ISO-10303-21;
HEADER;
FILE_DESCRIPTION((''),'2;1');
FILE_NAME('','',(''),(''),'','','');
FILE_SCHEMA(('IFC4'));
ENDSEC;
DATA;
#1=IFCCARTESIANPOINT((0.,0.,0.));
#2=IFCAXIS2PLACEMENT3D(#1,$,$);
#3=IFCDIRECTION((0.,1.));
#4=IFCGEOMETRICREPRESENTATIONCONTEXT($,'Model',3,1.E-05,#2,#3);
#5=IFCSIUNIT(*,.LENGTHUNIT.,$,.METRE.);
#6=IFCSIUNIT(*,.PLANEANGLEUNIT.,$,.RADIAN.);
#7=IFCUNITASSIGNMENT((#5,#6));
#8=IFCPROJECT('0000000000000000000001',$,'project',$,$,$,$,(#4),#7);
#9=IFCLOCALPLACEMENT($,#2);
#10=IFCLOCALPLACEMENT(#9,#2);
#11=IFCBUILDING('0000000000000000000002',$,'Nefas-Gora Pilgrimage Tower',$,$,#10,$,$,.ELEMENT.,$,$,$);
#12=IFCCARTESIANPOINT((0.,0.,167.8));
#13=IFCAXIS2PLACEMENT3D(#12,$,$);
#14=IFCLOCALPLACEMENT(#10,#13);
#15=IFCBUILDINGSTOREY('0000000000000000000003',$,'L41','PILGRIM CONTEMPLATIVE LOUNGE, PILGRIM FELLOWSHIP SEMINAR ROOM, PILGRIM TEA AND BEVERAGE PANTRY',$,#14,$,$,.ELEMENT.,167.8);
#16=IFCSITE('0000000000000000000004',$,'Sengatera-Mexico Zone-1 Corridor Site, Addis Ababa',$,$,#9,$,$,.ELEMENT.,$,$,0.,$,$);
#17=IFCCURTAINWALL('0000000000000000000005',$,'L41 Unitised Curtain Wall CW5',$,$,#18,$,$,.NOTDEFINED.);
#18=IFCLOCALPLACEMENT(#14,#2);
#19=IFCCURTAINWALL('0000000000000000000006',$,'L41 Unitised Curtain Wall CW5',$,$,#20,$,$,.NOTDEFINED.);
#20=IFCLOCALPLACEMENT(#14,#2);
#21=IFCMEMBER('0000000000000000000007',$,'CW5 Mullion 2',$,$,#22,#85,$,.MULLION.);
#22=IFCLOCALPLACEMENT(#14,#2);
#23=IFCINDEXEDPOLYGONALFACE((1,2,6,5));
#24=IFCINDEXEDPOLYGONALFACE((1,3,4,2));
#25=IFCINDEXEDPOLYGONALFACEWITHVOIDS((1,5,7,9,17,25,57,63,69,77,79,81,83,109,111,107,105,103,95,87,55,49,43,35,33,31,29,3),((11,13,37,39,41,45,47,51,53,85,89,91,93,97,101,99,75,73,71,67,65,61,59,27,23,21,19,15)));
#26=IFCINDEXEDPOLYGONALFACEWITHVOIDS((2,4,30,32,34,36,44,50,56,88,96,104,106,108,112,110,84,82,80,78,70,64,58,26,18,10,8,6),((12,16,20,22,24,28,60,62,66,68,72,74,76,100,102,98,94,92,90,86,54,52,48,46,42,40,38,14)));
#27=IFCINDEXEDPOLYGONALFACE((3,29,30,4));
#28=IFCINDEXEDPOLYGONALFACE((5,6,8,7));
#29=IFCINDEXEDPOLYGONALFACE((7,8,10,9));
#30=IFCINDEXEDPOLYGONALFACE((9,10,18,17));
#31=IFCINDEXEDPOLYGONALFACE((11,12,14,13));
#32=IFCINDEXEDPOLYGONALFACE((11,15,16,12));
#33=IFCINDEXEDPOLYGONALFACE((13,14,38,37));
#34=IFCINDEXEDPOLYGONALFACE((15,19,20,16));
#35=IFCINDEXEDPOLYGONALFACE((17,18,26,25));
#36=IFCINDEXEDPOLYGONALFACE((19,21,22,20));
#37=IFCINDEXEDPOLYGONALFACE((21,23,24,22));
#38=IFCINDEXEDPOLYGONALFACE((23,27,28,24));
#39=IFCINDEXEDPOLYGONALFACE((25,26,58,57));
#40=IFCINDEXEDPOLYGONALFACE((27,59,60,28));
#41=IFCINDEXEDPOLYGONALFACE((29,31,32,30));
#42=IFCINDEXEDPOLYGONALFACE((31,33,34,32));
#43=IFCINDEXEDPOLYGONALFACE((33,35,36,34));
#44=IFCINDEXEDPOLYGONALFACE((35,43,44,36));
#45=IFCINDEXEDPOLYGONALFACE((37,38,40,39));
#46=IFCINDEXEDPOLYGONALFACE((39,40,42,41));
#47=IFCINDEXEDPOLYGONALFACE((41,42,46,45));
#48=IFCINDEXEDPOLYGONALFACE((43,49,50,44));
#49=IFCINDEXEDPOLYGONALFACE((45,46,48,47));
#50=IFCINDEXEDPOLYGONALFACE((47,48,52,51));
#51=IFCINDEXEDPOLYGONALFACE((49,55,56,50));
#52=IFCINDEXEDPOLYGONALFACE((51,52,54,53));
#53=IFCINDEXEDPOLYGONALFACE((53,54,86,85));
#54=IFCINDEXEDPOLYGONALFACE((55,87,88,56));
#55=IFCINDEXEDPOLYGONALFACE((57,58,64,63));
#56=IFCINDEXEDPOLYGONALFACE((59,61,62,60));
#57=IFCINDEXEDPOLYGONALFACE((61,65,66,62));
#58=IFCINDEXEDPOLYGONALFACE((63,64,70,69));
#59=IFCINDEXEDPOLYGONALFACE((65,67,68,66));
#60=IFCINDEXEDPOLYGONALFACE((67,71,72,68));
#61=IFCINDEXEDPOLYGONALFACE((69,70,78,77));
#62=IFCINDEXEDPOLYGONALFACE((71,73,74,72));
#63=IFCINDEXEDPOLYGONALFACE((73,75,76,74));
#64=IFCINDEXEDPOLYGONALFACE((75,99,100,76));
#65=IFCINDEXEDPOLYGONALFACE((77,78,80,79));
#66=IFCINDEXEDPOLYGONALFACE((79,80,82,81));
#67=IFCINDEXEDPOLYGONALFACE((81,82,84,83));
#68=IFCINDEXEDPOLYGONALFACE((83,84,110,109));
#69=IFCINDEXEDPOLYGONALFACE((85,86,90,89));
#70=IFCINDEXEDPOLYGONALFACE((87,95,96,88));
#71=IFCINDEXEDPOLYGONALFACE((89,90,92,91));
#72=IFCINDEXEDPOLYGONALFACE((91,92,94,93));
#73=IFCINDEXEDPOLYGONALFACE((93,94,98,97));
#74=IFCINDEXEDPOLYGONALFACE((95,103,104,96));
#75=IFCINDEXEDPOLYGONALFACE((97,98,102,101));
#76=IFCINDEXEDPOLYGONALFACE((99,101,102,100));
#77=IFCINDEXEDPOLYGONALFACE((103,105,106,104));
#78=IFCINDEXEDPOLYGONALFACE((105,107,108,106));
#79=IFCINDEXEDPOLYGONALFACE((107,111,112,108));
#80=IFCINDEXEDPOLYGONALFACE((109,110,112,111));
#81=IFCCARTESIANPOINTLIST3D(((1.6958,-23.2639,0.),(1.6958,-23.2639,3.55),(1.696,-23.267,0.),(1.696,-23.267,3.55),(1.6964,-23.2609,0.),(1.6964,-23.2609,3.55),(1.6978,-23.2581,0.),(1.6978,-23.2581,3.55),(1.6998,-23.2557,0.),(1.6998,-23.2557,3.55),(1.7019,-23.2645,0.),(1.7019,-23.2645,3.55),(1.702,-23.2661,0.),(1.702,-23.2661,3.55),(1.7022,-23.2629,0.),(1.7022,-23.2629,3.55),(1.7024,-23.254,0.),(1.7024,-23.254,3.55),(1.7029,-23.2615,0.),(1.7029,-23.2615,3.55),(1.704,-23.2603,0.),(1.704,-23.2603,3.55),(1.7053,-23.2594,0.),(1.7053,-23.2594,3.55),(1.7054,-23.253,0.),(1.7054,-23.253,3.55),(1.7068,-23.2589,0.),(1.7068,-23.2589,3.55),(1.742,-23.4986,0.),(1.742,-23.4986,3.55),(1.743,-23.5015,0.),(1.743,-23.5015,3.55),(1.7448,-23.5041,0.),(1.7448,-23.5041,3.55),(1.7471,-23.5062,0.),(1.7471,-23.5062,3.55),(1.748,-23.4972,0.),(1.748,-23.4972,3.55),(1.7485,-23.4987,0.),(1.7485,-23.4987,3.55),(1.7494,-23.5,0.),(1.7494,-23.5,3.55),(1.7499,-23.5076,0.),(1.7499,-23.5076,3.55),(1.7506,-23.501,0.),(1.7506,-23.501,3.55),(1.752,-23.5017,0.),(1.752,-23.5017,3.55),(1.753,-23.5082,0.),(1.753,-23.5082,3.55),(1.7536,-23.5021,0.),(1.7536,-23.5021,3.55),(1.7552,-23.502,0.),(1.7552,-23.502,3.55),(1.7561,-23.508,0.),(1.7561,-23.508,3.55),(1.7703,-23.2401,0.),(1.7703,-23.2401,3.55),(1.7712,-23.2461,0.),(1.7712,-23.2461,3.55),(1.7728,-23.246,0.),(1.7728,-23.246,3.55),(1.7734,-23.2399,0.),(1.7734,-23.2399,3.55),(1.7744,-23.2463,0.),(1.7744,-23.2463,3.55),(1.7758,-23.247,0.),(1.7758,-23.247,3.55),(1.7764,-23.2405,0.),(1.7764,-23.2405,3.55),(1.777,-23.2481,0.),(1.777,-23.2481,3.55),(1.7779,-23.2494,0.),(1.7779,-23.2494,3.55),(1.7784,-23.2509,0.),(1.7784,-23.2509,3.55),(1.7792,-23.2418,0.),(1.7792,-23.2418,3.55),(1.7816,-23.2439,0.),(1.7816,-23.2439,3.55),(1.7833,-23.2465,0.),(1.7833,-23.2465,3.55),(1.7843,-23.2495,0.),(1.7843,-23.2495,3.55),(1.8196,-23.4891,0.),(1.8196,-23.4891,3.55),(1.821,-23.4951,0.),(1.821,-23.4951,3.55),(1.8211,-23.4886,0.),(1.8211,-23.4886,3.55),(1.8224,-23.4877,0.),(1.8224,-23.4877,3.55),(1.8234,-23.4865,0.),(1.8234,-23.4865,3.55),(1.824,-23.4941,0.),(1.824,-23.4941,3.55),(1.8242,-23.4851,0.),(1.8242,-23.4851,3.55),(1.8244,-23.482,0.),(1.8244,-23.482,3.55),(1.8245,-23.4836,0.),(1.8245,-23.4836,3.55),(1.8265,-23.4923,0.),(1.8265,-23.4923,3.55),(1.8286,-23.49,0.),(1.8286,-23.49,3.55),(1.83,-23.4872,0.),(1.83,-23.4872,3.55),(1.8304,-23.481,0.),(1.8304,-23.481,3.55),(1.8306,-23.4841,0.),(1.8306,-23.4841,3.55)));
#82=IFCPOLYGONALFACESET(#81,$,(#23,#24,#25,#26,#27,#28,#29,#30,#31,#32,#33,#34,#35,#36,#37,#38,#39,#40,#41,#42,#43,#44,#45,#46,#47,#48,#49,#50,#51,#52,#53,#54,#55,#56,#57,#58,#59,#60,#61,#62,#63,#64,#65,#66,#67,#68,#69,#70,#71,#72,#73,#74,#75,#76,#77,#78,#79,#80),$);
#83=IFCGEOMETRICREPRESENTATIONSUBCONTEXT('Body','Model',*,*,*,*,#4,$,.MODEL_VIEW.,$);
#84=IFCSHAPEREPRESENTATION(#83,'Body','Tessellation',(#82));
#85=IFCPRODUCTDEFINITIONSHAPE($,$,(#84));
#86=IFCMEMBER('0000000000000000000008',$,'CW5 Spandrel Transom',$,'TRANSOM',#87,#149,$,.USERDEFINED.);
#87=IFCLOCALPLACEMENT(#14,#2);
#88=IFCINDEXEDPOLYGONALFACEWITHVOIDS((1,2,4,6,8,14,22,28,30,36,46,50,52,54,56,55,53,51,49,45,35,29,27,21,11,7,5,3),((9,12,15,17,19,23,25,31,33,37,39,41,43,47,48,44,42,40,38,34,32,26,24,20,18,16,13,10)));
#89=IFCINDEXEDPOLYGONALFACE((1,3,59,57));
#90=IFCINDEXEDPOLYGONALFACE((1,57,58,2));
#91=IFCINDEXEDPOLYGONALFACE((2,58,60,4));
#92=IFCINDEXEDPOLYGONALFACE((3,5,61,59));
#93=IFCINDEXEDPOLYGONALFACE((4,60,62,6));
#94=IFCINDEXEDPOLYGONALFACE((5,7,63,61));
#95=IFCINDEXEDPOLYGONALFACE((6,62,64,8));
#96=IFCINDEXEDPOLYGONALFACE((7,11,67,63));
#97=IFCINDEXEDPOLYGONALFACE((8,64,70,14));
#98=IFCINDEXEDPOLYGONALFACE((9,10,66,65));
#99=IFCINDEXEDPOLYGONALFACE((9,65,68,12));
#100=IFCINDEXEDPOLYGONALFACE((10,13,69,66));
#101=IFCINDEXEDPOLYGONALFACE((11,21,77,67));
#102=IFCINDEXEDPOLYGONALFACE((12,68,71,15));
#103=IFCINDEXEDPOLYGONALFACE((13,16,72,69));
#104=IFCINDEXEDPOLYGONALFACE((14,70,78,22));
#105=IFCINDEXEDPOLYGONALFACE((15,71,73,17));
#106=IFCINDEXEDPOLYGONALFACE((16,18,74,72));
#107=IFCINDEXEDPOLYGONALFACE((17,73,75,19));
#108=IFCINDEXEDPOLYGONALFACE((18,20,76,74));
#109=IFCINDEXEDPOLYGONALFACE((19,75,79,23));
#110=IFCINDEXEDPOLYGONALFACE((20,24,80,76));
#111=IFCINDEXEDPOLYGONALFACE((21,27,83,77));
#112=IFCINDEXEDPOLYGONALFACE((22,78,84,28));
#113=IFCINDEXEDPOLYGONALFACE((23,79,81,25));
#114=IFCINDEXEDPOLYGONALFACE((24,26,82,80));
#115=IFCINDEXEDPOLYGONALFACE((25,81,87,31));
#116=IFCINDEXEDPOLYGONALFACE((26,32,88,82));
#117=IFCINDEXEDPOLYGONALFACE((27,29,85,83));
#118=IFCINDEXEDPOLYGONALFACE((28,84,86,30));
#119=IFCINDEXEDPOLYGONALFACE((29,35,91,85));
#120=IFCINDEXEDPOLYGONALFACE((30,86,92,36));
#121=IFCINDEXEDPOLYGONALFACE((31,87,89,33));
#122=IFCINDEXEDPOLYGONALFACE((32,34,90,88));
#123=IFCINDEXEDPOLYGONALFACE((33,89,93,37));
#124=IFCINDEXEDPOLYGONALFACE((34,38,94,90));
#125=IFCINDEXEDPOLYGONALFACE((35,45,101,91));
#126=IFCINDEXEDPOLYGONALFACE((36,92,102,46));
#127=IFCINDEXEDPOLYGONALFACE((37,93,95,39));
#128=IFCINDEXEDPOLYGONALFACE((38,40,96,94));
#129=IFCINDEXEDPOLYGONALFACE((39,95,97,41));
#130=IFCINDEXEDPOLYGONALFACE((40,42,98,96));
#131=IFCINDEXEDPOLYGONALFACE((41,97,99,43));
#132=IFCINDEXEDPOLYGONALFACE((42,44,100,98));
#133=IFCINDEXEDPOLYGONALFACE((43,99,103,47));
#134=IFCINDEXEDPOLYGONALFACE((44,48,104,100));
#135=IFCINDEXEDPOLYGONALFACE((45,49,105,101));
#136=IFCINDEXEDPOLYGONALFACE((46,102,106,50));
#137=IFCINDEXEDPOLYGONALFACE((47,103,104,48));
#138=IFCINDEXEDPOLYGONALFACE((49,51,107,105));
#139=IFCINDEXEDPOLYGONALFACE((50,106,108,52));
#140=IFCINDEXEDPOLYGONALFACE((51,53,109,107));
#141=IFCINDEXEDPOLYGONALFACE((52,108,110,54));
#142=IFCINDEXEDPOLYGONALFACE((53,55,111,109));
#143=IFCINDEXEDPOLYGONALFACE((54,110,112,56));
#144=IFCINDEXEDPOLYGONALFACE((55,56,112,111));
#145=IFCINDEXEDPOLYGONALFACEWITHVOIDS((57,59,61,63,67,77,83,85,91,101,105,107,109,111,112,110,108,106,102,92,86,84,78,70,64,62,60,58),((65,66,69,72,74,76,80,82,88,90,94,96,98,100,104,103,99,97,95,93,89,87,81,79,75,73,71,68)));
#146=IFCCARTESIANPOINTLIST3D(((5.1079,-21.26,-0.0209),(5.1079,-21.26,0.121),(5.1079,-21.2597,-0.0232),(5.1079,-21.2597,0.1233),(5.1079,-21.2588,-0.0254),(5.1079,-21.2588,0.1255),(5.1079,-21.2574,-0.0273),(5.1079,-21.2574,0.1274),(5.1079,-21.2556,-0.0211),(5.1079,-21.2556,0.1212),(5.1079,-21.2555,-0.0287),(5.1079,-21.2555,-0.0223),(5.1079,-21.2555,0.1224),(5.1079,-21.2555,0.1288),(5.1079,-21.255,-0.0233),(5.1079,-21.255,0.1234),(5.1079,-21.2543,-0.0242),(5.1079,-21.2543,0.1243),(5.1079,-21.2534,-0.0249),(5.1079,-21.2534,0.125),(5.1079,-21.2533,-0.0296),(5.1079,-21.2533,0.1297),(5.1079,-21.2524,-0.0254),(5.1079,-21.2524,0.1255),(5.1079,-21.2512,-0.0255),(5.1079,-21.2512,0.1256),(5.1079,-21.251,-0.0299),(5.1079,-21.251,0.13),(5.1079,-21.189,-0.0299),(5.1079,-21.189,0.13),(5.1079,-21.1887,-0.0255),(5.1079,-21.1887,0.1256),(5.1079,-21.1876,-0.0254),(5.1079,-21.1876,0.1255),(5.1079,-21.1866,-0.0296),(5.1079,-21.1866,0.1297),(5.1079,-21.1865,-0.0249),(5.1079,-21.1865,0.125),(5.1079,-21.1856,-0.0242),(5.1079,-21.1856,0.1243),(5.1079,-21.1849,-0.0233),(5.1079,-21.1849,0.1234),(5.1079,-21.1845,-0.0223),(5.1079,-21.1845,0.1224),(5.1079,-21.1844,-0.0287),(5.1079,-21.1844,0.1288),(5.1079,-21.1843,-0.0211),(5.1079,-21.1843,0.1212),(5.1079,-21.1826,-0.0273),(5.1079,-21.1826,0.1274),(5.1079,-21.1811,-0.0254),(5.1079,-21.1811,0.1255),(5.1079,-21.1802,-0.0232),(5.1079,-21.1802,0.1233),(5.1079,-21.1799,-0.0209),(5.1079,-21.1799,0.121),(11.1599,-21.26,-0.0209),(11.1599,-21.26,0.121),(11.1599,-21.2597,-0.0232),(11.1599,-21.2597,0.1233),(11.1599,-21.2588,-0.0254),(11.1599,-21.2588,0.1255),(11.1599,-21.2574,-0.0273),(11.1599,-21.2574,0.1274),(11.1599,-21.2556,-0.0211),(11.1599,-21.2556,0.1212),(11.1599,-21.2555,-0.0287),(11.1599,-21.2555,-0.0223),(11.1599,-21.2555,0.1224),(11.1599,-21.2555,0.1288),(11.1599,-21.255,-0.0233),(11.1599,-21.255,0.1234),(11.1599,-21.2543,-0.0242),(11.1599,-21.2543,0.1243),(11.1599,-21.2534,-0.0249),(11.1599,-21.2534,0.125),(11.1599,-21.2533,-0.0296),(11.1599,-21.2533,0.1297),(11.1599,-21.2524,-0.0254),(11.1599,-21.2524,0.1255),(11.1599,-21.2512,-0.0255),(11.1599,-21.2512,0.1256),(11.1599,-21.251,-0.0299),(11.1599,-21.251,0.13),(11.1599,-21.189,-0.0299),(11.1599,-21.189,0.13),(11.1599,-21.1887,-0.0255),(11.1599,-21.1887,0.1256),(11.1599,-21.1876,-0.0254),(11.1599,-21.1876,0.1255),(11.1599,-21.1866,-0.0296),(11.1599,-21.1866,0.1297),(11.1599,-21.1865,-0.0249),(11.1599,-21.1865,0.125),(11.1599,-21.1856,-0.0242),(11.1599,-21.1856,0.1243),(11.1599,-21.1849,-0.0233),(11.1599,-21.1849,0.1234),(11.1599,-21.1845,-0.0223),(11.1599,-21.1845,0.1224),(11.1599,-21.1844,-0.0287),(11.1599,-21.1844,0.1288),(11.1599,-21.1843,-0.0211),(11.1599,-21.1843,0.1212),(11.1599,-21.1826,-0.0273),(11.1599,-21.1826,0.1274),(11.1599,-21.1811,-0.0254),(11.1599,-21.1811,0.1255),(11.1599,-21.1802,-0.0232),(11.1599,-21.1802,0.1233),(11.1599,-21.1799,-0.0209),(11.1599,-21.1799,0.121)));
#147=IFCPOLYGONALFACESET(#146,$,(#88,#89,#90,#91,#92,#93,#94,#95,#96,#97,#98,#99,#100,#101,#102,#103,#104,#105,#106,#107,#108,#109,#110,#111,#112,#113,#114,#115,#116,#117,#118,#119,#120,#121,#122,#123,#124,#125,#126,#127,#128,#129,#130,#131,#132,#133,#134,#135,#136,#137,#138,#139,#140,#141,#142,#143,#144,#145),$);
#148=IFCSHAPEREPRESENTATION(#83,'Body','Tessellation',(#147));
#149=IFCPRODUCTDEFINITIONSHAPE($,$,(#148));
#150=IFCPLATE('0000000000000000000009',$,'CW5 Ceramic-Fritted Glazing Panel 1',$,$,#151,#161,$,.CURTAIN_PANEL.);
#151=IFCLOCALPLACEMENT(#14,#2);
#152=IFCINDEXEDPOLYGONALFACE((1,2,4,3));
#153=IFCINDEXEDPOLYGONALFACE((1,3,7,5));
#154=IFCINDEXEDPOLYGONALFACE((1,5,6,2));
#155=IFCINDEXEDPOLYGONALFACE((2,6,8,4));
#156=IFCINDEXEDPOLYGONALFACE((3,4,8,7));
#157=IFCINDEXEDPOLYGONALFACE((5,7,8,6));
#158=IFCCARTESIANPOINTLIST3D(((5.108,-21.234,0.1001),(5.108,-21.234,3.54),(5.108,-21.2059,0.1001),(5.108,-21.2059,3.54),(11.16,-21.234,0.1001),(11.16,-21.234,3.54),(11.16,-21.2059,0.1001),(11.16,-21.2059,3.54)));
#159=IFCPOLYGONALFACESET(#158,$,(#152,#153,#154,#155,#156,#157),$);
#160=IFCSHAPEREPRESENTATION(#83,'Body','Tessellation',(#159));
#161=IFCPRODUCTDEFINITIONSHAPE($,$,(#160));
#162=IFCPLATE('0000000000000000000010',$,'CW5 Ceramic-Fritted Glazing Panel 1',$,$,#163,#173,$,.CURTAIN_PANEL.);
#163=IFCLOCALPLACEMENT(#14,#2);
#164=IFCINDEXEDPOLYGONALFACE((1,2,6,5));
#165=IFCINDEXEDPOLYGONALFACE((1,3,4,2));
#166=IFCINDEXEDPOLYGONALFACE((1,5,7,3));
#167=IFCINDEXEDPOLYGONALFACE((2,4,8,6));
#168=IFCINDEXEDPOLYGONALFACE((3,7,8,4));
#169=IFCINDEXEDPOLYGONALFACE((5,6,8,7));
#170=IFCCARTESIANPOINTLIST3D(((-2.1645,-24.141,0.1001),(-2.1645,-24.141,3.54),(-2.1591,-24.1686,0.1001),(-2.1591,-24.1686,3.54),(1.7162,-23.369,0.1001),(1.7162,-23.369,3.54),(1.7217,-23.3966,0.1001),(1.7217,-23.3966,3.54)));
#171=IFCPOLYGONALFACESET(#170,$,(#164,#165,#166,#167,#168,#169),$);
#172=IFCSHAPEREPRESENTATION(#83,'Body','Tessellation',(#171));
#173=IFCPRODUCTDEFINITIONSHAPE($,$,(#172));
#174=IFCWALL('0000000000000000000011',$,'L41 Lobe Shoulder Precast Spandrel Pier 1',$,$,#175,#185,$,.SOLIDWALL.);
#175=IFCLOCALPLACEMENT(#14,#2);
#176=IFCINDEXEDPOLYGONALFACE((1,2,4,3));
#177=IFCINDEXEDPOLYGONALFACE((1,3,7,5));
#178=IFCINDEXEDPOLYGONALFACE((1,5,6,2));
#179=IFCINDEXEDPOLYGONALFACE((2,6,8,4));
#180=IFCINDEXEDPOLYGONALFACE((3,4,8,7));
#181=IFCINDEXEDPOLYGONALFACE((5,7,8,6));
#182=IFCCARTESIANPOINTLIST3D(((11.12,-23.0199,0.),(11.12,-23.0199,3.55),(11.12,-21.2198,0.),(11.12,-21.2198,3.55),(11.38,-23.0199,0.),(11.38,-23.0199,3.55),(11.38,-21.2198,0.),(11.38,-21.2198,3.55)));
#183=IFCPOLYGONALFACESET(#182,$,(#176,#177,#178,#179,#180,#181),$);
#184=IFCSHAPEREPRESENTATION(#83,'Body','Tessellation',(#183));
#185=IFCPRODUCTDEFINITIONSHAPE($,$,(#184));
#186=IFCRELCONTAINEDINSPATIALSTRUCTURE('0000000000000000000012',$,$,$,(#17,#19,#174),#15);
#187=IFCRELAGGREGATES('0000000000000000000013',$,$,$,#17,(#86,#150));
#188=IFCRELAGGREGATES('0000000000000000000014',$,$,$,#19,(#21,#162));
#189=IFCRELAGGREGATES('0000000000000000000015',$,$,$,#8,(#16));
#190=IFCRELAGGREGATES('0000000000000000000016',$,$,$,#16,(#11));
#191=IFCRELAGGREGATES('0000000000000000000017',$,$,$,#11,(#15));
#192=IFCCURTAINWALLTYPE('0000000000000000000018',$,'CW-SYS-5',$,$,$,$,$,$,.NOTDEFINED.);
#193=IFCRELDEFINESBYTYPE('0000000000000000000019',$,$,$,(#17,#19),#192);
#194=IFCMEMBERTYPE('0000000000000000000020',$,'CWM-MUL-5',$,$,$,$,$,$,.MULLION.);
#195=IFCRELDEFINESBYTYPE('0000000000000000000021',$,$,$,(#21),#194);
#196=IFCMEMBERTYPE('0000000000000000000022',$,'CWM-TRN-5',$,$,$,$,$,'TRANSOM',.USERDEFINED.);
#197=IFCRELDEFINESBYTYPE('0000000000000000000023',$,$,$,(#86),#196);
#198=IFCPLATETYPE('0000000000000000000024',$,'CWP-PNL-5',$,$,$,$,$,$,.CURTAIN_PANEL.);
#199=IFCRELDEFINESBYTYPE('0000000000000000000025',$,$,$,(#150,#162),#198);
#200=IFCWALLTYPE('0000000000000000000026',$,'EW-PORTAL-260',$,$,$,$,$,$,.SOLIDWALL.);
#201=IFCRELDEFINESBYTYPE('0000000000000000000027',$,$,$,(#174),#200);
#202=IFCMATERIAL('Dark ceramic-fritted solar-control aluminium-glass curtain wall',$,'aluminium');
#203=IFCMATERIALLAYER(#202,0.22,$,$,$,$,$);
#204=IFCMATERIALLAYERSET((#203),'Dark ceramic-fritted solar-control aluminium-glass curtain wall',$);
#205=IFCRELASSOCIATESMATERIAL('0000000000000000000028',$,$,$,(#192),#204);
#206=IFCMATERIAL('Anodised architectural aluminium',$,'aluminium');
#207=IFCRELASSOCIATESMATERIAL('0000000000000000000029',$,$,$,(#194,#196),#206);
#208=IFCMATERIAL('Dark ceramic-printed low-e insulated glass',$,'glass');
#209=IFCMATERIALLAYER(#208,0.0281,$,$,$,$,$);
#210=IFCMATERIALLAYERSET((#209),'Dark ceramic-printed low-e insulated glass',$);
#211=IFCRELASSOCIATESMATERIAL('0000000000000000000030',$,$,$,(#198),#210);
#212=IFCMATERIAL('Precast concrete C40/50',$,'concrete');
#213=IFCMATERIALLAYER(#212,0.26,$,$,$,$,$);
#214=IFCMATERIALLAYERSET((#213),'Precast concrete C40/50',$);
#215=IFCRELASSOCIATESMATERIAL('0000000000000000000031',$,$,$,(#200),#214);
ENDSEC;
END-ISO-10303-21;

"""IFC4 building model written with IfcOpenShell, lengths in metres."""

from ifc_helpers import new_model, si_unit, direction, frame, frame_2d, origin, origin_2d, place, context, subcontext, project, spatial, rectangle, hollow_rectangle, extrude, source, transform, mapped, material, layer, layer_set, material_profile, profile_set, type_object, element, aggregate, save


model = new_model("IFC4")

# Units and contexts
model_context = context("Model", 3, precision=1e-05, world=origin(), true_north=direction((0.0, 1.0)))
body_context = subcontext(model_context, "Body", "Model", "MODEL_VIEW")
ifc_project = project(units=[si_unit("LENGTHUNIT", "METRE"), si_unit("PLANEANGLEUNIT", "RADIAN")], contexts=[model_context])

# Site, building, storey
site_placement = place(None, origin())
site = spatial("IfcSite", under=ifc_project, at=site_placement, Name="Sengatera-Mexico Zone-1 Corridor Site, Addis Ababa", CompositionType="ELEMENT", RefElevation=0.0)
building_placement = place(site_placement, origin())
building = spatial("IfcBuilding", under=site, at=building_placement, Name="Nefas-Gora Pilgrimage Tower", CompositionType="ELEMENT")
storey_placement = place(building_placement, frame((0.0, 0.0, 167.8)))
storey = spatial("IfcBuildingStorey", under=building, at=storey_placement, Name="L41", Description="PILGRIM CONTEMPLATIVE LOUNGE, PILGRIM FELLOWSHIP SEMINAR ROOM, PILGRIM TEA AND BEVERAGE PANTRY", CompositionType="ELEMENT", Elevation=167.8)

# Curtain wall
ifc_material_1 = material(Name="Dark ceramic-fritted solar-control aluminium-glass curtain wall", Category="aluminium")
ifc_layer_1 = layer(ifc_material_1, 0.22)
ifc_layer_set_1 = layer_set([ifc_layer_1], Name="Dark ceramic-fritted solar-control aluminium-glass curtain wall")
curtain_wall_type = type_object("IfcCurtainWallType", Name="CW-SYS-5", PredefinedType="NOTDEFINED", material=ifc_layer_set_1)
curtain_wall_1_placement = place(storey_placement, origin())
curtain_wall_1 = element("IfcCurtainWall", 1, at=curtain_wall_1_placement, inside=storey, type_object=curtain_wall_type, Name="L41 Unitised Curtain Wall CW5", PredefinedType="NOTDEFINED")
ifc_material_2 = material(Name="Anodised architectural aluminium", Category="aluminium")
ifc_material_profile_1 = material_profile(ifc_material_2, hollow_rectangle(XDim=0.0901, YDim=0.26, WallThickness=0.0061, InnerFilletRadius=0.0061, OuterFilletRadius=0.012, at=origin_2d()), Name="ALU MULLION 90x260")
ifc_profile_set_1 = profile_set([ifc_material_profile_1], Name="Anodised architectural aluminium")
member_type_1 = type_object("IfcMemberType", Name="CWM-MUL-5", PredefinedType="MULLION", material=ifc_profile_set_1)
shared_shape_1 = source(origin(), body_context, "Body", "SweptSolid", [
    extrude(hollow_rectangle(XDim=0.0901, YDim=0.26, WallThickness=0.0061, InnerFilletRadius=0.0061, OuterFilletRadius=0.012, at=origin_2d()), origin(), (0.0, 0.0, 1.0), 3.55),
])

# Curtain wall, member
curtain_wall_2_placement = place(storey_placement, origin())
curtain_wall_2 = element("IfcCurtainWall", 2, at=curtain_wall_2_placement, inside=storey, type_object=curtain_wall_type, Name="L41 Unitised Curtain Wall CW5", PredefinedType="NOTDEFINED")
member_1_placement = place(storey_placement, frame((1.7632, -23.374, 0.0), z_axis=(0.0, 0.0, 1.0), x_axis=(0.980783, 0.195102, 0.0)))
member_1 = element("IfcMember", 3, at=member_1_placement, type_object=member_type_1, Name="CW5 Mullion 2", PredefinedType="MULLION", context=body_context, shape_type="MappedRepresentation", body=[
    mapped(shared_shape_1, transform((0.0, 0.0, 0.0), x_axis=(1.0, 0.0, 0.0), y_axis=(0.0, 1.0, 0.0), z_axis=(0.0, 0.0, 1.0), scale=1.0)),
])

# Member
ifc_material_profile_2 = material_profile(ifc_material_2, hollow_rectangle(XDim=0.0801, YDim=0.1599, WallThickness=0.0044, InnerFilletRadius=0.0044, OuterFilletRadius=0.009, at=origin_2d()), Name="ALU TRANSOM 80x160")
ifc_profile_set_2 = profile_set([ifc_material_profile_2], Name="Anodised architectural aluminium")
member_type_2 = type_object("IfcMemberType", Name="CWM-TRN-5", ElementType="TRANSOM", PredefinedType="USERDEFINED", material=ifc_profile_set_2)
shared_shape_2 = source(origin(), body_context, "Body", "SweptSolid", [
    extrude(hollow_rectangle(XDim=0.0801, YDim=0.1599, WallThickness=0.0044, InnerFilletRadius=0.0044, OuterFilletRadius=0.009, at=origin_2d()), origin(), (0.0, 0.0, 1.0), 6.052),
])
member_2_placement = place(storey_placement, frame((5.1079, -21.22, 0.05), z_axis=(1.0, 0.0, 0.0), x_axis=(0.0, 1.0, 0.0)))
member_2 = element("IfcMember", 4, at=member_2_placement, type_object=member_type_2, Name="CW5 Spandrel Transom", ObjectType="TRANSOM", PredefinedType="USERDEFINED", context=body_context, shape_type="MappedRepresentation", body=[
    mapped(shared_shape_2, transform((0.0, 0.0, 0.0), x_axis=(1.0, 0.0, 0.0), y_axis=(0.0, 1.0, 0.0), z_axis=(0.0, 0.0, 1.0), scale=1.0)),
])

# Plates
ifc_material_3 = material(Name="Dark ceramic-printed low-e insulated glass", Category="glass")
ifc_layer_2 = layer(ifc_material_3, 0.0281)
ifc_layer_set_2 = layer_set([ifc_layer_2], Name="Dark ceramic-printed low-e insulated glass")
plate_type = type_object("IfcPlateType", Name="CWP-PNL-5", PredefinedType="CURTAIN_PANEL", material=ifc_layer_set_2)
shared_shape_3 = source(origin(), body_context, "Body", "SweptSolid", [
    extrude(rectangle(XDim=6.052, YDim=0.0281, at=origin_2d()), origin(), (0.0, 0.0, 1.0), 3.4399),
])
plate_1_placement = place(storey_placement, frame((8.134, -21.22, 0.1001), z_axis=(0.0, 0.0, 1.0), x_axis=(1.0, 0.0, 0.0)))
plate_1 = element("IfcPlate", 5, at=plate_1_placement, type_object=plate_type, Name="CW5 Ceramic-Fritted Glazing Panel 1", PredefinedType="CURTAIN_PANEL", context=body_context, shape_type="MappedRepresentation", body=[
    mapped(shared_shape_3, transform((0.0, 0.0, 0.0), x_axis=(1.0, 0.0, 0.0), y_axis=(0.0, 1.0, 0.0), z_axis=(0.0, 0.0, 1.0), scale=1.0)),
])
aggregate(curtain_wall_1, [member_2, plate_1])
shared_shape_4 = source(origin(), body_context, "Body", "SweptSolid", [
    extrude(rectangle(XDim=3.9568, YDim=0.0281, at=origin_2d()), origin(), (0.0, 0.0, 1.0), 3.4399),
])
plate_2_placement = place(storey_placement, frame((-0.2214, -23.7688, 0.1001), z_axis=(0.0, 0.0, 1.0), x_axis=(0.980783, 0.195102, 0.0)))
plate_2 = element("IfcPlate", 6, at=plate_2_placement, type_object=plate_type, Name="CW5 Ceramic-Fritted Glazing Panel 1", PredefinedType="CURTAIN_PANEL", context=body_context, shape_type="MappedRepresentation", body=[
    mapped(shared_shape_4, transform((0.0, 0.0, 0.0), x_axis=(1.0, 0.0, 0.0), y_axis=(0.0, 1.0, 0.0), z_axis=(0.0, 0.0, 1.0), scale=1.0)),
])
aggregate(curtain_wall_2, [member_1, plate_2])

# Wall
ifc_material_4 = material(Name="Precast concrete C40/50", Category="concrete")
ifc_layer_3 = layer(ifc_material_4, 0.26)
ifc_layer_set_3 = layer_set([ifc_layer_3], Name="Precast concrete C40/50")
wall_type_1 = type_object("IfcWallType", Name="EW-PORTAL-260", PredefinedType="SOLIDWALL", material=ifc_layer_set_3)
shared_shape_5 = source(origin(), body_context, "Body", "SweptSolid", [
    extrude(rectangle(XDim=1.8, YDim=0.26, at=frame_2d((0.8999, 0.0))), origin(), (0.0, 0.0, 1.0), 3.55),
])
wall_1_placement = place(storey_placement, frame((11.25, -21.22, 0.0), z_axis=(0.0, 0.0, 1.0), x_axis=(0.0, -1.0, 0.0)))
element("IfcWall", 7, at=wall_1_placement, inside=storey, type_object=wall_type_1, Name="L41 Lobe Shoulder Precast Spandrel Pier 1", PredefinedType="SOLIDWALL", context=body_context, shape_type="MappedRepresentation", body=[
    mapped(shared_shape_5, transform((0.0, 0.0, 0.0), x_axis=(1.0, 0.0, 0.0), y_axis=(0.0, 1.0, 0.0), z_axis=(0.0, 0.0, 1.0), scale=1.0)),
])

save(model, "model.ifc")
